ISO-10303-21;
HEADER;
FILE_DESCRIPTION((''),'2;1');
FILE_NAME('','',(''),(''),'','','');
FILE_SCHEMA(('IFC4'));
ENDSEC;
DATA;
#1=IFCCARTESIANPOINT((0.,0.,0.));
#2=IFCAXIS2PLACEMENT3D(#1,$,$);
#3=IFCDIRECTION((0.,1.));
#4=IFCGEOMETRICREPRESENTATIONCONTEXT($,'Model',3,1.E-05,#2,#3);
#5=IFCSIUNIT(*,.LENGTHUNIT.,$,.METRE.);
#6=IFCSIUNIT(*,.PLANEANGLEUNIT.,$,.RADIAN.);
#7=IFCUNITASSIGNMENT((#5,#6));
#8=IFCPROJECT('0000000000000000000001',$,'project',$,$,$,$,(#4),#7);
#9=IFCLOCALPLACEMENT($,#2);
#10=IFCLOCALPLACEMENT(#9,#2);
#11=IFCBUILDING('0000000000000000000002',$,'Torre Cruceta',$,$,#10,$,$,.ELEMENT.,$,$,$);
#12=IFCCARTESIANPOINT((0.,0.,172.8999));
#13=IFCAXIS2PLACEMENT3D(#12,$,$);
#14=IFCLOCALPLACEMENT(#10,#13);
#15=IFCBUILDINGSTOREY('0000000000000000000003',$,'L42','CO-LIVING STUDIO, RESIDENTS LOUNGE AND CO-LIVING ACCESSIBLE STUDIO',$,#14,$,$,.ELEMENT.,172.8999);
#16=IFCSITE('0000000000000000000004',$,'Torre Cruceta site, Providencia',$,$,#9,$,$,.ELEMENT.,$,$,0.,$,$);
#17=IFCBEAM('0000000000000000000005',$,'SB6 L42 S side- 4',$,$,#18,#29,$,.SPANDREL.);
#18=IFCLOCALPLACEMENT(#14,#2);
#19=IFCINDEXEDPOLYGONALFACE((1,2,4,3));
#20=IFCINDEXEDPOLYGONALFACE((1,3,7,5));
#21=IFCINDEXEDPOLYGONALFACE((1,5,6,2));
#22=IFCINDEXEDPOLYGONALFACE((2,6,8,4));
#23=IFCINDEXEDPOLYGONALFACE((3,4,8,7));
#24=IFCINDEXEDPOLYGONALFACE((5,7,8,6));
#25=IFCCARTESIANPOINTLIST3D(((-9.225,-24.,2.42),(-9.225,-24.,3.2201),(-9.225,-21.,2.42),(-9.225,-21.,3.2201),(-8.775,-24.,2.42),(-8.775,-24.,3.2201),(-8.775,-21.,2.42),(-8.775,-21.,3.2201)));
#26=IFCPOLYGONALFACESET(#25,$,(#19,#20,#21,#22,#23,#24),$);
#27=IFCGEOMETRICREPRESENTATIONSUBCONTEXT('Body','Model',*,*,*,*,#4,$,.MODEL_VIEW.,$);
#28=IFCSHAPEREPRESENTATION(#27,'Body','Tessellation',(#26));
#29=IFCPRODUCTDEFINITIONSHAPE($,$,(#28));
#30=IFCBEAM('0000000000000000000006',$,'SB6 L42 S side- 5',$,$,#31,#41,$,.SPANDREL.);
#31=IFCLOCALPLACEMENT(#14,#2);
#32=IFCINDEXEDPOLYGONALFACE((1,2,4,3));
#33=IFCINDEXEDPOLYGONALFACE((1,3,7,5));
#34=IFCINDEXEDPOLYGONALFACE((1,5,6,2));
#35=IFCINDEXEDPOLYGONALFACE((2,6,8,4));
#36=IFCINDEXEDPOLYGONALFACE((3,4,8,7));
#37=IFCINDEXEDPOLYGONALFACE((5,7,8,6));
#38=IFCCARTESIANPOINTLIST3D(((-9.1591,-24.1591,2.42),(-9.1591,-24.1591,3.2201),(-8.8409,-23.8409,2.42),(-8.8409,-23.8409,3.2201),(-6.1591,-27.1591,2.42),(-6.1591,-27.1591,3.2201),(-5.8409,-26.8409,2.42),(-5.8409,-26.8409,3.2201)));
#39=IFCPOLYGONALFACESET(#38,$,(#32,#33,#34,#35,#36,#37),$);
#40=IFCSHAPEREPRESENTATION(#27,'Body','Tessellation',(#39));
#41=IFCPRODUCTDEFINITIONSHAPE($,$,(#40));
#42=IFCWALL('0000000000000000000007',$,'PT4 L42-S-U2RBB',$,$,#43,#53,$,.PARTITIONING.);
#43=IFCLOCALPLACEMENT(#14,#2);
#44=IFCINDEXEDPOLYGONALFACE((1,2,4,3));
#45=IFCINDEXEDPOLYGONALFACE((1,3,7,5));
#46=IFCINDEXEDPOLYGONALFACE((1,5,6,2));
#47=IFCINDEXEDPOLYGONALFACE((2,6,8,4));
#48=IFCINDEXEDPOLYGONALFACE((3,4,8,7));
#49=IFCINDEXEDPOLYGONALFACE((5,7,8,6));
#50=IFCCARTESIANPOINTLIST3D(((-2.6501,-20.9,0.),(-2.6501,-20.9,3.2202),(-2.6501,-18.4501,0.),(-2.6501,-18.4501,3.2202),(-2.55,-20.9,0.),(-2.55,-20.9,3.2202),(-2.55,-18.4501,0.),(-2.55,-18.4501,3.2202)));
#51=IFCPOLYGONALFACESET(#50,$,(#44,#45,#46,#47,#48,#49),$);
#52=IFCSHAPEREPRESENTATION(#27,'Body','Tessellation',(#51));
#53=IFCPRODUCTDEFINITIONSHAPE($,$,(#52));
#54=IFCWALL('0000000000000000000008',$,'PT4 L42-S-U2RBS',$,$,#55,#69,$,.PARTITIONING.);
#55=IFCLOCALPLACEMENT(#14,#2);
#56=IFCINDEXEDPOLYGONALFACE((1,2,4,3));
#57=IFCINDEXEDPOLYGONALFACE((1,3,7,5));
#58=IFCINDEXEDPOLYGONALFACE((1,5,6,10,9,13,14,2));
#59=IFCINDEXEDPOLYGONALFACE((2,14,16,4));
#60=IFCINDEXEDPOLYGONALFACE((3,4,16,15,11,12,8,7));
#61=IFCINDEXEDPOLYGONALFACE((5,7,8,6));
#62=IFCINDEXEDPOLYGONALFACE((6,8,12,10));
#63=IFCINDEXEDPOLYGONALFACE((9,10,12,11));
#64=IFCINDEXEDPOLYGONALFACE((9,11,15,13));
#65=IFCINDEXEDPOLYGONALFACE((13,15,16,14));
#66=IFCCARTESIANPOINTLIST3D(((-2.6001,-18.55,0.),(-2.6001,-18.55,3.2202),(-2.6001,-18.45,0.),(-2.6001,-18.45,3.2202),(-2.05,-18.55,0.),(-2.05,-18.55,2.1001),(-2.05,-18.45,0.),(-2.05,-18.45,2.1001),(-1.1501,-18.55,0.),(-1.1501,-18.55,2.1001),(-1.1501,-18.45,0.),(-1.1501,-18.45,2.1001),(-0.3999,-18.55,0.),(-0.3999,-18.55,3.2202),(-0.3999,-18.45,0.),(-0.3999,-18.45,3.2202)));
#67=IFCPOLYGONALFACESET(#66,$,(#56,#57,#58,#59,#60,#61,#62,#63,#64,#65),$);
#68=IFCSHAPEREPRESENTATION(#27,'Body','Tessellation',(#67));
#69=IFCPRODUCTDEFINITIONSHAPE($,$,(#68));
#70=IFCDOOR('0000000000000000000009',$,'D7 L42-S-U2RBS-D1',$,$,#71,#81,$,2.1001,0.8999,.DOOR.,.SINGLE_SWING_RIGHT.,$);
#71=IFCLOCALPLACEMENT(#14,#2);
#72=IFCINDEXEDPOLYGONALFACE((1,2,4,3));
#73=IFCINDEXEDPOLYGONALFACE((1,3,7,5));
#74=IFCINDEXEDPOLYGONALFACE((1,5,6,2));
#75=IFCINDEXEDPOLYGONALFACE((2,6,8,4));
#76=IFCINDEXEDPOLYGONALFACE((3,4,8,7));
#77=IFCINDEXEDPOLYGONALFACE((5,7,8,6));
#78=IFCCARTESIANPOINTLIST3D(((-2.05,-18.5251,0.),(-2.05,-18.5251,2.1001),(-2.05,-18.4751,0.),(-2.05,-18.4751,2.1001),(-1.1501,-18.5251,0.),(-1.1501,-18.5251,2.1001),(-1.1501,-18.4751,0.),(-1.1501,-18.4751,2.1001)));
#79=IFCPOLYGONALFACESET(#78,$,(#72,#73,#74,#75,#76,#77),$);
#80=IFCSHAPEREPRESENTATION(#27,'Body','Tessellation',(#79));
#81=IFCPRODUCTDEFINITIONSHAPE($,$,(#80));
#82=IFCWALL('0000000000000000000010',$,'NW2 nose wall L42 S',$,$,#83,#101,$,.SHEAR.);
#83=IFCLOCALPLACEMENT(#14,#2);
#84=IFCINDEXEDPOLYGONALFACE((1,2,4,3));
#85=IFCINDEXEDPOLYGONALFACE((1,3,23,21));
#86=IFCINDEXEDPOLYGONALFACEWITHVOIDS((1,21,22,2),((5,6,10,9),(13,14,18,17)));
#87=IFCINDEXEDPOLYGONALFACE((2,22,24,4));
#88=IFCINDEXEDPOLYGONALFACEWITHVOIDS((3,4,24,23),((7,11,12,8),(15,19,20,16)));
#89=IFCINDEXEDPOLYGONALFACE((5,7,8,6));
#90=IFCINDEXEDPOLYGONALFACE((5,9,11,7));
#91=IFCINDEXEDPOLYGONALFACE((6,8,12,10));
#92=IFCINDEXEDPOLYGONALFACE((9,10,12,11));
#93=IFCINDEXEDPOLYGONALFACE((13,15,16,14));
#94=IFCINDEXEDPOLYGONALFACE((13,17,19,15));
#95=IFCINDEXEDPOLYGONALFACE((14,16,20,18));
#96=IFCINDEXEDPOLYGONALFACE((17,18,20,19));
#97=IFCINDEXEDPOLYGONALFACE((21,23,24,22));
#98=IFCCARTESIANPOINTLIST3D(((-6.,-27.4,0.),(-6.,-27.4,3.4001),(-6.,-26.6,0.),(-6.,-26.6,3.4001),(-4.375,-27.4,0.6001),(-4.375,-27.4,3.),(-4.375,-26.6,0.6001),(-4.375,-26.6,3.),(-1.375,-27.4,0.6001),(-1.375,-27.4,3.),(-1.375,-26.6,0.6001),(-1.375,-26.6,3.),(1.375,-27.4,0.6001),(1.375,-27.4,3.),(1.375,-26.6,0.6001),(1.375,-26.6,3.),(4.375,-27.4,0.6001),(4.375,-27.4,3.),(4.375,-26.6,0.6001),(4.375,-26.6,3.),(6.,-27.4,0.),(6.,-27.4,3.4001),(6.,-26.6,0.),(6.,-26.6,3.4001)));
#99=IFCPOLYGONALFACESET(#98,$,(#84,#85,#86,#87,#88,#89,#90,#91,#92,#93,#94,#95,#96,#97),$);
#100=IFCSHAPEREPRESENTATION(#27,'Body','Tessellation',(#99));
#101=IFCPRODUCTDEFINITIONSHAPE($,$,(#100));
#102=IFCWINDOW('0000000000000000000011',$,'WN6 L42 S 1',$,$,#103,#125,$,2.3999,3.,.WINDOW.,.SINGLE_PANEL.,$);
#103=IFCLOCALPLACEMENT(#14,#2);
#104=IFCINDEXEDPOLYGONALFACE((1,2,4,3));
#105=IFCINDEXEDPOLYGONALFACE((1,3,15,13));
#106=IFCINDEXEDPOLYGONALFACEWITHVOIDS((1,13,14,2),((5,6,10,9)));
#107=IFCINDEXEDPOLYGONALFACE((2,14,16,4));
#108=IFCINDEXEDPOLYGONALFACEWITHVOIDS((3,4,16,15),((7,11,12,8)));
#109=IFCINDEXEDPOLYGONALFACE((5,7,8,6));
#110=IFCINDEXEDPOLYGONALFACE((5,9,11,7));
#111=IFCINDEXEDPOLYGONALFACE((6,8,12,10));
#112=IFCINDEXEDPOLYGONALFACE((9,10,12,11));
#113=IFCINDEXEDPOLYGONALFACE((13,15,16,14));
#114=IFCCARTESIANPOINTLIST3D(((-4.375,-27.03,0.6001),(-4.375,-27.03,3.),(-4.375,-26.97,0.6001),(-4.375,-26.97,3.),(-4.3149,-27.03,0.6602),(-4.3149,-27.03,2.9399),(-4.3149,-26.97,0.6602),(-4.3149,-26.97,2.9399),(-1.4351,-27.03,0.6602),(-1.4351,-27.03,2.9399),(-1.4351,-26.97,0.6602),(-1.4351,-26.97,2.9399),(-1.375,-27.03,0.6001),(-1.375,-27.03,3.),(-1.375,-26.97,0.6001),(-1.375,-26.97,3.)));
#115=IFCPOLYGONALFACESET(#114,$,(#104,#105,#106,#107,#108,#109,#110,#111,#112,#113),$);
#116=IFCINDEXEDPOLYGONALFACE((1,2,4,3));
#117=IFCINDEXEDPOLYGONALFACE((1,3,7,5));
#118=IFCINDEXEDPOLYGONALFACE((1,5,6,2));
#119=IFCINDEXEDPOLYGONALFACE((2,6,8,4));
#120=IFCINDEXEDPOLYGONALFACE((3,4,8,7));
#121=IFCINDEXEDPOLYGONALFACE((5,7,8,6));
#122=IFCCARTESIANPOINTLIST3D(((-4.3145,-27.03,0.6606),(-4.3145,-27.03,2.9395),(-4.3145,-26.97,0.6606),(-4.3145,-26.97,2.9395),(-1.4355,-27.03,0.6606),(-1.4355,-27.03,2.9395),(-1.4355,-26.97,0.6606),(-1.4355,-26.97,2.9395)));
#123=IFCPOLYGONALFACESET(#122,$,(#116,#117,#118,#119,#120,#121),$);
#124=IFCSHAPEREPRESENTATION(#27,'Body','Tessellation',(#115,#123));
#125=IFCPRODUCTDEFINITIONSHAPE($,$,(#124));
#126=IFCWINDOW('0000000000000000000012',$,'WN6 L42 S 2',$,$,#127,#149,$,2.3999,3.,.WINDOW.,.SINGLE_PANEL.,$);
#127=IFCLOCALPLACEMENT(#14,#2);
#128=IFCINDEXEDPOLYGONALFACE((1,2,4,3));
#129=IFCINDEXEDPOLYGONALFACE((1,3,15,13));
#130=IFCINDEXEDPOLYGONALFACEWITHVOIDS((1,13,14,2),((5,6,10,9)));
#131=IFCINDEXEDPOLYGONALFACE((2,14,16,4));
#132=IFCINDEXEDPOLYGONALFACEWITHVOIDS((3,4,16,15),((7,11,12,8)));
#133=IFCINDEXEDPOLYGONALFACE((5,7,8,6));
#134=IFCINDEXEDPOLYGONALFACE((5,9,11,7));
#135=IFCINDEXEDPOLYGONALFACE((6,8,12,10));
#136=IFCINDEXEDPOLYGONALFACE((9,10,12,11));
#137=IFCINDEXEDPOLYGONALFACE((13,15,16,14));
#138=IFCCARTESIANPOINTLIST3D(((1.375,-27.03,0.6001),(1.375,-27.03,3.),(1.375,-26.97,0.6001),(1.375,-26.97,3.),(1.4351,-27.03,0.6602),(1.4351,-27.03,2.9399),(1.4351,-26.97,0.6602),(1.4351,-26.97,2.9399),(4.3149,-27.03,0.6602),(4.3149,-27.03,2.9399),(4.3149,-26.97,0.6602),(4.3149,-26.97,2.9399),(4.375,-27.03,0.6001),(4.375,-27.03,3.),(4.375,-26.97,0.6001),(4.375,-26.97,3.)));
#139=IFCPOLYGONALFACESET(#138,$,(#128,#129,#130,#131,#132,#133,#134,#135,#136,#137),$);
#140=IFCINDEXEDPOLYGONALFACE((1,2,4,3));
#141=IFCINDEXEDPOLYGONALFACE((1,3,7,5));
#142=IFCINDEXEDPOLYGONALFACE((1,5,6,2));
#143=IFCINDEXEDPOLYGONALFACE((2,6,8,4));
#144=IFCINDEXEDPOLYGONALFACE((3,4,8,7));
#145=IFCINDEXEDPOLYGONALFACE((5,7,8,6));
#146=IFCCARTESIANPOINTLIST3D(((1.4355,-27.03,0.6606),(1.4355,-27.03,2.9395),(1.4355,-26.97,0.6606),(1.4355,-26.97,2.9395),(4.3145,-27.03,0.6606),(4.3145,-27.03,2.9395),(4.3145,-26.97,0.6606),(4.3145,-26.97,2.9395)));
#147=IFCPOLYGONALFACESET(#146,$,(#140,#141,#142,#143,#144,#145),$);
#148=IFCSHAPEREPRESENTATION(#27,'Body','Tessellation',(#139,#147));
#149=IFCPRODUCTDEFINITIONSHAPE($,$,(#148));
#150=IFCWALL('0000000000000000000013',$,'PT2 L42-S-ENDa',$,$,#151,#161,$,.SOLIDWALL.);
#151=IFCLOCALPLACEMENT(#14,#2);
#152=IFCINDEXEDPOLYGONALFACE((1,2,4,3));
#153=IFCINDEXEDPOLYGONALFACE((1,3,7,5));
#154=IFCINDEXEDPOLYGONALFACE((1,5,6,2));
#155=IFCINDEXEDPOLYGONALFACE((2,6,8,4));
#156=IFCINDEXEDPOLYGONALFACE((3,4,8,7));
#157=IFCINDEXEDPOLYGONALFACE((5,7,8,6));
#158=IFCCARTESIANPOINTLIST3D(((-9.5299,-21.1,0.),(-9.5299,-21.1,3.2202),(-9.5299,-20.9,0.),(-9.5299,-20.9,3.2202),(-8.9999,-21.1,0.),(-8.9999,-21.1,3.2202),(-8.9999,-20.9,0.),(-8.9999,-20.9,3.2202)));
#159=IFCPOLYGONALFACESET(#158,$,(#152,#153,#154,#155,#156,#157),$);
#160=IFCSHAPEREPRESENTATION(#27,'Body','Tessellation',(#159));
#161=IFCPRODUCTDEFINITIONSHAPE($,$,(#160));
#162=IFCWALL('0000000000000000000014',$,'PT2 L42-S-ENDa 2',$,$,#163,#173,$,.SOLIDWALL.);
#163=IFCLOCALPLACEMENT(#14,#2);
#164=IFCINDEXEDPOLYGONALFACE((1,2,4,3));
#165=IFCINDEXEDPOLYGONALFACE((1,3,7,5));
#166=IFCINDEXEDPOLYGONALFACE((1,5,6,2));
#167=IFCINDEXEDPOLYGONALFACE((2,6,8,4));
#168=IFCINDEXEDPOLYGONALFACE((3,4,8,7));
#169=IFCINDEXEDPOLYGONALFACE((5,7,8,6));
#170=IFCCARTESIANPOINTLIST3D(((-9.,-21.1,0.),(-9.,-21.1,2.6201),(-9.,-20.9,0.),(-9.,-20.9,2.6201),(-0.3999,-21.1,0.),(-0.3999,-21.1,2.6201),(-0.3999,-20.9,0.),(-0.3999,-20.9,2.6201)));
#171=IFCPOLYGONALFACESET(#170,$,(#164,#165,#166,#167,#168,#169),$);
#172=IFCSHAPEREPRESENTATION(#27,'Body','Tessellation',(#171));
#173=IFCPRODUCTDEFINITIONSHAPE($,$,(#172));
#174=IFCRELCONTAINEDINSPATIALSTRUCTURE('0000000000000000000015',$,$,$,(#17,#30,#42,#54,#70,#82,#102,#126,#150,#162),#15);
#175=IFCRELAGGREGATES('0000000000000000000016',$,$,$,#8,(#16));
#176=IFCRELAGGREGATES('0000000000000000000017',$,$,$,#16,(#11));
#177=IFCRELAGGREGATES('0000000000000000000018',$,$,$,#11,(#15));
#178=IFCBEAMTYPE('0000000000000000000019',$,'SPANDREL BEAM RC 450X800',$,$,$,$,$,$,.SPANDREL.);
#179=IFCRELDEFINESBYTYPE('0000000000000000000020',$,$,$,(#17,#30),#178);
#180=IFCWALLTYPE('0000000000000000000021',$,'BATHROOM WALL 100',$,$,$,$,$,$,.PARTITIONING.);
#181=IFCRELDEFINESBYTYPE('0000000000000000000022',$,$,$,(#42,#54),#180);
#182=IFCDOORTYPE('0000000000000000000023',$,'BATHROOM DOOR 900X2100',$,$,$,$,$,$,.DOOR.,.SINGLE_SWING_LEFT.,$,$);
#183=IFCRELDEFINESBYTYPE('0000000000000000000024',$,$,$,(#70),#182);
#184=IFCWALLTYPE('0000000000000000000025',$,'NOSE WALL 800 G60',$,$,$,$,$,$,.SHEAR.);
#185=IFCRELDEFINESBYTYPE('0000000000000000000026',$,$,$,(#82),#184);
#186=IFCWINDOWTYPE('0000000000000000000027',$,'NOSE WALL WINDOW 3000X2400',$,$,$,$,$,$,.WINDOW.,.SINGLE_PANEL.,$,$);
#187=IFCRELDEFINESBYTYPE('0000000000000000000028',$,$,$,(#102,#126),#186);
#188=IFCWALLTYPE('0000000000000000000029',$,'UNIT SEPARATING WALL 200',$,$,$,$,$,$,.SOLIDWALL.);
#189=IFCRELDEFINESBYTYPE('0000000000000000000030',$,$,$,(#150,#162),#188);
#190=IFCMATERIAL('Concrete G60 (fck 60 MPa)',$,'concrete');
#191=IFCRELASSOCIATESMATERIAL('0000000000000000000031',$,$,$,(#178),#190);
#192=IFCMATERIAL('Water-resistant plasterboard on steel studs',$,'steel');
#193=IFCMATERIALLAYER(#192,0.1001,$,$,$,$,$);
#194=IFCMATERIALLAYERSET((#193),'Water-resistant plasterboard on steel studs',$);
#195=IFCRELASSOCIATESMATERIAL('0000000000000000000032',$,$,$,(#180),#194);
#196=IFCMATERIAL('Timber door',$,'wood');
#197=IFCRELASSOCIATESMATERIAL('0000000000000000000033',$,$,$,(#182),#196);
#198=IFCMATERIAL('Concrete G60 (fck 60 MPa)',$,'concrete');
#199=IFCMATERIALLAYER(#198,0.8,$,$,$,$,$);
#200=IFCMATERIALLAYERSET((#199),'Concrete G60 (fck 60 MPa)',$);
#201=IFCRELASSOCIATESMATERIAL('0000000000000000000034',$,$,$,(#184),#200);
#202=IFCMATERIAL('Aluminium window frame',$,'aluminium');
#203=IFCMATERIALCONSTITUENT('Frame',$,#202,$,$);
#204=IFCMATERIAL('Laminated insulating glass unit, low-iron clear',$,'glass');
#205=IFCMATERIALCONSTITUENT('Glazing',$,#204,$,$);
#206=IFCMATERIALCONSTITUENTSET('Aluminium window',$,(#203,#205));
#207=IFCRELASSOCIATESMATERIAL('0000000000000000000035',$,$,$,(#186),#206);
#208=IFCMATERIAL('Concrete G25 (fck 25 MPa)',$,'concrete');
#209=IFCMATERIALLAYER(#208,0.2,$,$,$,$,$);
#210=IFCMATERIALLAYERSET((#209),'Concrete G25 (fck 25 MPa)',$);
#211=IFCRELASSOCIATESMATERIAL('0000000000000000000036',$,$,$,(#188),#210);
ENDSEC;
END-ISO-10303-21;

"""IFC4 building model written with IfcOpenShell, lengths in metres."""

from ifc_helpers import new_model, si_unit, direction, frame, frame_2d, origin, origin_2d, place, context, subcontext, project, spatial, rectangle, hollow_rectangle, extrude, material, layer, layer_set, constituent, constituent_set, material_profile, profile_set, type_object, element, fill, save


model = new_model("IFC4")

# Units and contexts
model_context = context("Model", 3, precision=1e-05, world=origin(), true_north=direction((0.0, 1.0)))
body_context = subcontext(model_context, "Body", "Model", "MODEL_VIEW")
ifc_project = project(units=[si_unit("LENGTHUNIT", "METRE"), si_unit("PLANEANGLEUNIT", "RADIAN")], contexts=[model_context])

# Site, building, storey
site_placement = place(None, origin())
site = spatial("IfcSite", under=ifc_project, at=site_placement, Name="Torre Cruceta site, Providencia", CompositionType="ELEMENT", RefElevation=0.0)
building_placement = place(site_placement, origin())
building = spatial("IfcBuilding", under=site, at=building_placement, Name="Torre Cruceta", CompositionType="ELEMENT")
storey_placement = place(building_placement, frame((0.0, 0.0, 172.8999)))
storey = spatial("IfcBuildingStorey", under=building, at=storey_placement, Name="L42", Description="CO-LIVING STUDIO, RESIDENTS LOUNGE AND CO-LIVING ACCESSIBLE STUDIO", CompositionType="ELEMENT", Elevation=172.8999)

# Beams
ifc_material_1 = material(Name="Concrete G60 (fck 60 MPa)", Category="concrete")
ifc_material_profile_1 = material_profile(ifc_material_1, rectangle(XDim=0.45, YDim=0.8, at=origin_2d()), Name="RC 450X800")
ifc_profile_set_1 = profile_set([ifc_material_profile_1], Name="Concrete G60 (fck 60 MPa)")
beam_type_1 = type_object("IfcBeamType", Name="SPANDREL BEAM RC 450X800", PredefinedType="SPANDREL", material=ifc_profile_set_1)
for number, where, z_axis, x_axis, name in (
    (1, (-9.0, -21.0, 2.8201), (0.0, -1.0, 0.0), (1.0, 0.0, 0.0), "SB6 L42 S side- 4"),
):
    element("IfcBeam", number, at=place(storey_placement, frame(where, z_axis=z_axis, x_axis=x_axis)), inside=storey, type_object=beam_type_1, Name=name, PredefinedType="SPANDREL", context=body_context, shape_type="SweptSolid", body=[
        extrude(rectangle(XDim=0.45, YDim=0.8, at=origin_2d()), origin(), (0.0, 0.0, 1.0), 3.0),
    ])
beam_1_placement = place(storey_placement, frame((-9.0, -24.0, 2.8201), z_axis=(0.707107, -0.707107, 0.0), x_axis=(0.707107, 0.707107, 0.0)))
element("IfcBeam", 2, at=beam_1_placement, inside=storey, type_object=beam_type_1, Name="SB6 L42 S side- 5", PredefinedType="SPANDREL", context=body_context, shape_type="SweptSolid", body=[
    extrude(rectangle(XDim=0.45, YDim=0.8, at=origin_2d()), origin(), (0.0, 0.0, 1.0), 4.2427),
])

# Wall
ifc_material_2 = material(Name="Water-resistant plasterboard on steel studs", Category="steel")
ifc_layer_1 = layer(ifc_material_2, 0.1001)
ifc_layer_set_1 = layer_set([ifc_layer_1], Name="Water-resistant plasterboard on steel studs")
wall_type_1 = type_object("IfcWallType", Name="BATHROOM WALL 100", PredefinedType="PARTITIONING", material=ifc_layer_set_1)
wall_1_placement = place(storey_placement, frame((-2.6001, -18.45, 0.0), z_axis=(0.0, 0.0, 1.0), x_axis=(0.0, -1.0, 0.0)))
element("IfcWall", 3, at=wall_1_placement, inside=storey, type_object=wall_type_1, Name="PT4 L42-S-U2RBB", PredefinedType="PARTITIONING", context=body_context, shape_type="SweptSolid", body=[
    extrude(rectangle(XDim=2.45, YDim=0.1001, at=frame_2d((1.2251, 0.0))), origin(), (0.0, 0.0, 1.0), 3.2202),
])

# Wall, opening, door
wall_2_placement = place(storey_placement, frame((-2.6001, -18.5, 0.0), z_axis=(0.0, 0.0, 1.0), x_axis=(1.0, 0.0, 0.0)))
wall_2 = element("IfcWall", 4, at=wall_2_placement, inside=storey, type_object=wall_type_1, Name="PT4 L42-S-U2RBS", PredefinedType="PARTITIONING", context=body_context, shape_type="SweptSolid", body=[
    extrude(rectangle(XDim=2.2002, YDim=0.1001, at=frame_2d((1.1001, 0.0))), origin(), (0.0, 0.0, 1.0), 3.2202),
])
opening_1_placement = place(wall_2_placement, frame((0.55, 0.0, 0.0)))
opening_1 = element("IfcOpeningElement", 5, at=opening_1_placement, cuts=wall_2, PredefinedType="OPENING", context=body_context, shape_type="SweptSolid", body=[
    extrude(rectangle(XDim=0.8999, YDim=2.1001, at=frame_2d((0.45, 1.05))), frame((0.0, 0.0601, 0.0), z_axis=(0.0, -1.0, 0.0), x_axis=(1.0, 0.0, 0.0)), (0.0, 0.0, 1.0), 0.1201),
])
ifc_material_3 = material(Name="Timber door", Category="wood")
door_type = type_object("IfcDoorType", Name="BATHROOM DOOR 900X2100", OperationType="SINGLE_SWING_LEFT", PredefinedType="DOOR", material=ifc_material_3)
door_placement = place(opening_1_placement, frame((0.8999, 0.0, 0.0), z_axis=(0.0, 0.0, 1.0), x_axis=(-1.0, 0.0, 0.0)))
door = element("IfcDoor", 6, at=door_placement, inside=storey, type_object=door_type, Name="D7 L42-S-U2RBS-D1", OperationType="SINGLE_SWING_RIGHT", OverallHeight=2.1001, OverallWidth=0.8999, PredefinedType="DOOR", context=body_context, shape_type="SweptSolid", body=[
    extrude(rectangle(XDim=0.8999, YDim=2.1001, at=frame_2d((0.45, 1.05))), frame((0.0, 0.0251, 0.0), z_axis=(0.0, -1.0, 0.0), x_axis=(1.0, 0.0, 0.0)), (0.0, 0.0, 1.0), 0.05),
])
fill(opening_1, door)

# Wall, openings, windows
ifc_material_4 = material(Name="Concrete G60 (fck 60 MPa)", Category="concrete")
ifc_layer_2 = layer(ifc_material_4, 0.8)
ifc_layer_set_2 = layer_set([ifc_layer_2], Name="Concrete G60 (fck 60 MPa)")
wall_type_2 = type_object("IfcWallType", Name="NOSE WALL 800 G60", PredefinedType="SHEAR", material=ifc_layer_set_2)
wall_3_placement = place(storey_placement, frame((-6.0, -27.0, 0.0), z_axis=(0.0, 0.0, 1.0), x_axis=(1.0, 0.0, 0.0)))
wall_3 = element("IfcWall", 7, at=wall_3_placement, inside=storey, type_object=wall_type_2, Name="NW2 nose wall L42 S", PredefinedType="SHEAR", context=body_context, shape_type="SweptSolid", body=[
    extrude(rectangle(XDim=12.0, YDim=0.8, at=frame_2d((6.0, 0.0))), origin(), (0.0, 0.0, 1.0), 3.4001),
])
opening_2_placement = place(wall_3_placement, frame((1.625, 0.0, 0.6001)))
opening_2 = element("IfcOpeningElement", 8, at=opening_2_placement, cuts=wall_3, PredefinedType="OPENING", context=body_context, shape_type="SweptSolid", body=[
    extrude(rectangle(XDim=3.0, YDim=2.3999, at=frame_2d((1.5, 1.2))), frame((0.0, 0.4099, 0.0), z_axis=(0.0, -1.0, 0.0), x_axis=(1.0, 0.0, 0.0)), (0.0, 0.0, 1.0), 0.8201),
])
opening_3_placement = place(wall_3_placement, frame((7.375, 0.0, 0.6001)))
opening_3 = element("IfcOpeningElement", 9, at=opening_3_placement, cuts=wall_3, PredefinedType="OPENING", context=body_context, shape_type="SweptSolid", body=[
    extrude(rectangle(XDim=3.0, YDim=2.3999, at=frame_2d((1.5, 1.2))), frame((0.0, 0.4099, 0.0), z_axis=(0.0, -1.0, 0.0), x_axis=(1.0, 0.0, 0.0)), (0.0, 0.0, 1.0), 0.8201),
])
ifc_material_5 = material(Name="Aluminium window frame", Category="aluminium")
ifc_constituent_1 = constituent(ifc_material_5, Name="Frame")
ifc_material_6 = material(Name="Laminated insulating glass unit, low-iron clear", Category="glass")
ifc_constituent_2 = constituent(ifc_material_6, Name="Glazing")
ifc_constituent_set = constituent_set(constituents=[ifc_constituent_1, ifc_constituent_2], Name="Aluminium window")
window_type = type_object("IfcWindowType", Name="NOSE WALL WINDOW 3000X2400", PartitioningType="SINGLE_PANEL", PredefinedType="WINDOW", material=ifc_constituent_set)
window_1_placement = place(opening_2_placement, origin())
window_1 = element("IfcWindow", 10, at=window_1_placement, inside=storey, type_object=window_type, Name="WN6 L42 S 1", OverallHeight=2.3999, OverallWidth=3.0, PartitioningType="SINGLE_PANEL", PredefinedType="WINDOW", context=body_context, shape_type="SweptSolid", body=[
    extrude(hollow_rectangle(XDim=3.0, YDim=2.3999, WallThickness=0.0601, at=frame_2d((1.5, 1.2))), frame((0.0, 0.03, 0.0), z_axis=(0.0, -1.0, 0.0), x_axis=(1.0, 0.0, 0.0)), (0.0, 0.0, 1.0), 0.0601),
    extrude(rectangle(XDim=2.8789, YDim=2.2788, at=frame_2d((1.5, 1.2))), frame((0.0, 0.03, 0.0), z_axis=(0.0, -1.0, 0.0), x_axis=(1.0, 0.0, 0.0)), (0.0, 0.0, 1.0), 0.0601),
])
fill(opening_2, window_1)
window_2_placement = place(opening_3_placement, origin())
window_2 = element("IfcWindow", 11, at=window_2_placement, inside=storey, type_object=window_type, Name="WN6 L42 S 2", OverallHeight=2.3999, OverallWidth=3.0, PartitioningType="SINGLE_PANEL", PredefinedType="WINDOW", context=body_context, shape_type="SweptSolid", body=[
    extrude(hollow_rectangle(XDim=3.0, YDim=2.3999, WallThickness=0.0601, at=frame_2d((1.5, 1.2))), frame((0.0, 0.03, 0.0), z_axis=(0.0, -1.0, 0.0), x_axis=(1.0, 0.0, 0.0)), (0.0, 0.0, 1.0), 0.0601),
    extrude(rectangle(XDim=2.8789, YDim=2.2788, at=frame_2d((1.5, 1.2))), frame((0.0, 0.03, 0.0), z_axis=(0.0, -1.0, 0.0), x_axis=(1.0, 0.0, 0.0)), (0.0, 0.0, 1.0), 0.0601),
])
fill(opening_3, window_2)

# Walls
ifc_material_7 = material(Name="Concrete G25 (fck 25 MPa)", Category="concrete")
ifc_layer_3 = layer(ifc_material_7, 0.2)
ifc_layer_set_3 = layer_set([ifc_layer_3], Name="Concrete G25 (fck 25 MPa)")
wall_type_3 = type_object("IfcWallType", Name="UNIT SEPARATING WALL 200", PredefinedType="SOLIDWALL", material=ifc_layer_set_3)
wall_4_placement = place(storey_placement, frame((-9.53, -21.0, 0.0), z_axis=(0.0, 0.0, 1.0), x_axis=(1.0, 0.0, 0.0)))
element("IfcWall", 12, at=wall_4_placement, inside=storey, type_object=wall_type_3, Name="PT2 L42-S-ENDa", PredefinedType="SOLIDWALL", context=body_context, shape_type="SweptSolid", body=[
    extrude(rectangle(XDim=0.53, YDim=0.2, at=frame_2d((0.2651, 0.0))), origin(), (0.0, 0.0, 1.0), 3.2202),
])
wall_5_placement = place(storey_placement, frame((-9.0, -21.0, 0.0), z_axis=(0.0, 0.0, 1.0), x_axis=(1.0, 0.0, 0.0)))
element("IfcWall", 13, at=wall_5_placement, inside=storey, type_object=wall_type_3, Name="PT2 L42-S-ENDa 2", PredefinedType="SOLIDWALL", context=body_context, shape_type="SweptSolid", body=[
    extrude(rectangle(XDim=8.6001, YDim=0.2, at=frame_2d((4.3, 0.0))), origin(), (0.0, 0.0, 1.0), 2.6201),
])

save(model, "model.ifc")
